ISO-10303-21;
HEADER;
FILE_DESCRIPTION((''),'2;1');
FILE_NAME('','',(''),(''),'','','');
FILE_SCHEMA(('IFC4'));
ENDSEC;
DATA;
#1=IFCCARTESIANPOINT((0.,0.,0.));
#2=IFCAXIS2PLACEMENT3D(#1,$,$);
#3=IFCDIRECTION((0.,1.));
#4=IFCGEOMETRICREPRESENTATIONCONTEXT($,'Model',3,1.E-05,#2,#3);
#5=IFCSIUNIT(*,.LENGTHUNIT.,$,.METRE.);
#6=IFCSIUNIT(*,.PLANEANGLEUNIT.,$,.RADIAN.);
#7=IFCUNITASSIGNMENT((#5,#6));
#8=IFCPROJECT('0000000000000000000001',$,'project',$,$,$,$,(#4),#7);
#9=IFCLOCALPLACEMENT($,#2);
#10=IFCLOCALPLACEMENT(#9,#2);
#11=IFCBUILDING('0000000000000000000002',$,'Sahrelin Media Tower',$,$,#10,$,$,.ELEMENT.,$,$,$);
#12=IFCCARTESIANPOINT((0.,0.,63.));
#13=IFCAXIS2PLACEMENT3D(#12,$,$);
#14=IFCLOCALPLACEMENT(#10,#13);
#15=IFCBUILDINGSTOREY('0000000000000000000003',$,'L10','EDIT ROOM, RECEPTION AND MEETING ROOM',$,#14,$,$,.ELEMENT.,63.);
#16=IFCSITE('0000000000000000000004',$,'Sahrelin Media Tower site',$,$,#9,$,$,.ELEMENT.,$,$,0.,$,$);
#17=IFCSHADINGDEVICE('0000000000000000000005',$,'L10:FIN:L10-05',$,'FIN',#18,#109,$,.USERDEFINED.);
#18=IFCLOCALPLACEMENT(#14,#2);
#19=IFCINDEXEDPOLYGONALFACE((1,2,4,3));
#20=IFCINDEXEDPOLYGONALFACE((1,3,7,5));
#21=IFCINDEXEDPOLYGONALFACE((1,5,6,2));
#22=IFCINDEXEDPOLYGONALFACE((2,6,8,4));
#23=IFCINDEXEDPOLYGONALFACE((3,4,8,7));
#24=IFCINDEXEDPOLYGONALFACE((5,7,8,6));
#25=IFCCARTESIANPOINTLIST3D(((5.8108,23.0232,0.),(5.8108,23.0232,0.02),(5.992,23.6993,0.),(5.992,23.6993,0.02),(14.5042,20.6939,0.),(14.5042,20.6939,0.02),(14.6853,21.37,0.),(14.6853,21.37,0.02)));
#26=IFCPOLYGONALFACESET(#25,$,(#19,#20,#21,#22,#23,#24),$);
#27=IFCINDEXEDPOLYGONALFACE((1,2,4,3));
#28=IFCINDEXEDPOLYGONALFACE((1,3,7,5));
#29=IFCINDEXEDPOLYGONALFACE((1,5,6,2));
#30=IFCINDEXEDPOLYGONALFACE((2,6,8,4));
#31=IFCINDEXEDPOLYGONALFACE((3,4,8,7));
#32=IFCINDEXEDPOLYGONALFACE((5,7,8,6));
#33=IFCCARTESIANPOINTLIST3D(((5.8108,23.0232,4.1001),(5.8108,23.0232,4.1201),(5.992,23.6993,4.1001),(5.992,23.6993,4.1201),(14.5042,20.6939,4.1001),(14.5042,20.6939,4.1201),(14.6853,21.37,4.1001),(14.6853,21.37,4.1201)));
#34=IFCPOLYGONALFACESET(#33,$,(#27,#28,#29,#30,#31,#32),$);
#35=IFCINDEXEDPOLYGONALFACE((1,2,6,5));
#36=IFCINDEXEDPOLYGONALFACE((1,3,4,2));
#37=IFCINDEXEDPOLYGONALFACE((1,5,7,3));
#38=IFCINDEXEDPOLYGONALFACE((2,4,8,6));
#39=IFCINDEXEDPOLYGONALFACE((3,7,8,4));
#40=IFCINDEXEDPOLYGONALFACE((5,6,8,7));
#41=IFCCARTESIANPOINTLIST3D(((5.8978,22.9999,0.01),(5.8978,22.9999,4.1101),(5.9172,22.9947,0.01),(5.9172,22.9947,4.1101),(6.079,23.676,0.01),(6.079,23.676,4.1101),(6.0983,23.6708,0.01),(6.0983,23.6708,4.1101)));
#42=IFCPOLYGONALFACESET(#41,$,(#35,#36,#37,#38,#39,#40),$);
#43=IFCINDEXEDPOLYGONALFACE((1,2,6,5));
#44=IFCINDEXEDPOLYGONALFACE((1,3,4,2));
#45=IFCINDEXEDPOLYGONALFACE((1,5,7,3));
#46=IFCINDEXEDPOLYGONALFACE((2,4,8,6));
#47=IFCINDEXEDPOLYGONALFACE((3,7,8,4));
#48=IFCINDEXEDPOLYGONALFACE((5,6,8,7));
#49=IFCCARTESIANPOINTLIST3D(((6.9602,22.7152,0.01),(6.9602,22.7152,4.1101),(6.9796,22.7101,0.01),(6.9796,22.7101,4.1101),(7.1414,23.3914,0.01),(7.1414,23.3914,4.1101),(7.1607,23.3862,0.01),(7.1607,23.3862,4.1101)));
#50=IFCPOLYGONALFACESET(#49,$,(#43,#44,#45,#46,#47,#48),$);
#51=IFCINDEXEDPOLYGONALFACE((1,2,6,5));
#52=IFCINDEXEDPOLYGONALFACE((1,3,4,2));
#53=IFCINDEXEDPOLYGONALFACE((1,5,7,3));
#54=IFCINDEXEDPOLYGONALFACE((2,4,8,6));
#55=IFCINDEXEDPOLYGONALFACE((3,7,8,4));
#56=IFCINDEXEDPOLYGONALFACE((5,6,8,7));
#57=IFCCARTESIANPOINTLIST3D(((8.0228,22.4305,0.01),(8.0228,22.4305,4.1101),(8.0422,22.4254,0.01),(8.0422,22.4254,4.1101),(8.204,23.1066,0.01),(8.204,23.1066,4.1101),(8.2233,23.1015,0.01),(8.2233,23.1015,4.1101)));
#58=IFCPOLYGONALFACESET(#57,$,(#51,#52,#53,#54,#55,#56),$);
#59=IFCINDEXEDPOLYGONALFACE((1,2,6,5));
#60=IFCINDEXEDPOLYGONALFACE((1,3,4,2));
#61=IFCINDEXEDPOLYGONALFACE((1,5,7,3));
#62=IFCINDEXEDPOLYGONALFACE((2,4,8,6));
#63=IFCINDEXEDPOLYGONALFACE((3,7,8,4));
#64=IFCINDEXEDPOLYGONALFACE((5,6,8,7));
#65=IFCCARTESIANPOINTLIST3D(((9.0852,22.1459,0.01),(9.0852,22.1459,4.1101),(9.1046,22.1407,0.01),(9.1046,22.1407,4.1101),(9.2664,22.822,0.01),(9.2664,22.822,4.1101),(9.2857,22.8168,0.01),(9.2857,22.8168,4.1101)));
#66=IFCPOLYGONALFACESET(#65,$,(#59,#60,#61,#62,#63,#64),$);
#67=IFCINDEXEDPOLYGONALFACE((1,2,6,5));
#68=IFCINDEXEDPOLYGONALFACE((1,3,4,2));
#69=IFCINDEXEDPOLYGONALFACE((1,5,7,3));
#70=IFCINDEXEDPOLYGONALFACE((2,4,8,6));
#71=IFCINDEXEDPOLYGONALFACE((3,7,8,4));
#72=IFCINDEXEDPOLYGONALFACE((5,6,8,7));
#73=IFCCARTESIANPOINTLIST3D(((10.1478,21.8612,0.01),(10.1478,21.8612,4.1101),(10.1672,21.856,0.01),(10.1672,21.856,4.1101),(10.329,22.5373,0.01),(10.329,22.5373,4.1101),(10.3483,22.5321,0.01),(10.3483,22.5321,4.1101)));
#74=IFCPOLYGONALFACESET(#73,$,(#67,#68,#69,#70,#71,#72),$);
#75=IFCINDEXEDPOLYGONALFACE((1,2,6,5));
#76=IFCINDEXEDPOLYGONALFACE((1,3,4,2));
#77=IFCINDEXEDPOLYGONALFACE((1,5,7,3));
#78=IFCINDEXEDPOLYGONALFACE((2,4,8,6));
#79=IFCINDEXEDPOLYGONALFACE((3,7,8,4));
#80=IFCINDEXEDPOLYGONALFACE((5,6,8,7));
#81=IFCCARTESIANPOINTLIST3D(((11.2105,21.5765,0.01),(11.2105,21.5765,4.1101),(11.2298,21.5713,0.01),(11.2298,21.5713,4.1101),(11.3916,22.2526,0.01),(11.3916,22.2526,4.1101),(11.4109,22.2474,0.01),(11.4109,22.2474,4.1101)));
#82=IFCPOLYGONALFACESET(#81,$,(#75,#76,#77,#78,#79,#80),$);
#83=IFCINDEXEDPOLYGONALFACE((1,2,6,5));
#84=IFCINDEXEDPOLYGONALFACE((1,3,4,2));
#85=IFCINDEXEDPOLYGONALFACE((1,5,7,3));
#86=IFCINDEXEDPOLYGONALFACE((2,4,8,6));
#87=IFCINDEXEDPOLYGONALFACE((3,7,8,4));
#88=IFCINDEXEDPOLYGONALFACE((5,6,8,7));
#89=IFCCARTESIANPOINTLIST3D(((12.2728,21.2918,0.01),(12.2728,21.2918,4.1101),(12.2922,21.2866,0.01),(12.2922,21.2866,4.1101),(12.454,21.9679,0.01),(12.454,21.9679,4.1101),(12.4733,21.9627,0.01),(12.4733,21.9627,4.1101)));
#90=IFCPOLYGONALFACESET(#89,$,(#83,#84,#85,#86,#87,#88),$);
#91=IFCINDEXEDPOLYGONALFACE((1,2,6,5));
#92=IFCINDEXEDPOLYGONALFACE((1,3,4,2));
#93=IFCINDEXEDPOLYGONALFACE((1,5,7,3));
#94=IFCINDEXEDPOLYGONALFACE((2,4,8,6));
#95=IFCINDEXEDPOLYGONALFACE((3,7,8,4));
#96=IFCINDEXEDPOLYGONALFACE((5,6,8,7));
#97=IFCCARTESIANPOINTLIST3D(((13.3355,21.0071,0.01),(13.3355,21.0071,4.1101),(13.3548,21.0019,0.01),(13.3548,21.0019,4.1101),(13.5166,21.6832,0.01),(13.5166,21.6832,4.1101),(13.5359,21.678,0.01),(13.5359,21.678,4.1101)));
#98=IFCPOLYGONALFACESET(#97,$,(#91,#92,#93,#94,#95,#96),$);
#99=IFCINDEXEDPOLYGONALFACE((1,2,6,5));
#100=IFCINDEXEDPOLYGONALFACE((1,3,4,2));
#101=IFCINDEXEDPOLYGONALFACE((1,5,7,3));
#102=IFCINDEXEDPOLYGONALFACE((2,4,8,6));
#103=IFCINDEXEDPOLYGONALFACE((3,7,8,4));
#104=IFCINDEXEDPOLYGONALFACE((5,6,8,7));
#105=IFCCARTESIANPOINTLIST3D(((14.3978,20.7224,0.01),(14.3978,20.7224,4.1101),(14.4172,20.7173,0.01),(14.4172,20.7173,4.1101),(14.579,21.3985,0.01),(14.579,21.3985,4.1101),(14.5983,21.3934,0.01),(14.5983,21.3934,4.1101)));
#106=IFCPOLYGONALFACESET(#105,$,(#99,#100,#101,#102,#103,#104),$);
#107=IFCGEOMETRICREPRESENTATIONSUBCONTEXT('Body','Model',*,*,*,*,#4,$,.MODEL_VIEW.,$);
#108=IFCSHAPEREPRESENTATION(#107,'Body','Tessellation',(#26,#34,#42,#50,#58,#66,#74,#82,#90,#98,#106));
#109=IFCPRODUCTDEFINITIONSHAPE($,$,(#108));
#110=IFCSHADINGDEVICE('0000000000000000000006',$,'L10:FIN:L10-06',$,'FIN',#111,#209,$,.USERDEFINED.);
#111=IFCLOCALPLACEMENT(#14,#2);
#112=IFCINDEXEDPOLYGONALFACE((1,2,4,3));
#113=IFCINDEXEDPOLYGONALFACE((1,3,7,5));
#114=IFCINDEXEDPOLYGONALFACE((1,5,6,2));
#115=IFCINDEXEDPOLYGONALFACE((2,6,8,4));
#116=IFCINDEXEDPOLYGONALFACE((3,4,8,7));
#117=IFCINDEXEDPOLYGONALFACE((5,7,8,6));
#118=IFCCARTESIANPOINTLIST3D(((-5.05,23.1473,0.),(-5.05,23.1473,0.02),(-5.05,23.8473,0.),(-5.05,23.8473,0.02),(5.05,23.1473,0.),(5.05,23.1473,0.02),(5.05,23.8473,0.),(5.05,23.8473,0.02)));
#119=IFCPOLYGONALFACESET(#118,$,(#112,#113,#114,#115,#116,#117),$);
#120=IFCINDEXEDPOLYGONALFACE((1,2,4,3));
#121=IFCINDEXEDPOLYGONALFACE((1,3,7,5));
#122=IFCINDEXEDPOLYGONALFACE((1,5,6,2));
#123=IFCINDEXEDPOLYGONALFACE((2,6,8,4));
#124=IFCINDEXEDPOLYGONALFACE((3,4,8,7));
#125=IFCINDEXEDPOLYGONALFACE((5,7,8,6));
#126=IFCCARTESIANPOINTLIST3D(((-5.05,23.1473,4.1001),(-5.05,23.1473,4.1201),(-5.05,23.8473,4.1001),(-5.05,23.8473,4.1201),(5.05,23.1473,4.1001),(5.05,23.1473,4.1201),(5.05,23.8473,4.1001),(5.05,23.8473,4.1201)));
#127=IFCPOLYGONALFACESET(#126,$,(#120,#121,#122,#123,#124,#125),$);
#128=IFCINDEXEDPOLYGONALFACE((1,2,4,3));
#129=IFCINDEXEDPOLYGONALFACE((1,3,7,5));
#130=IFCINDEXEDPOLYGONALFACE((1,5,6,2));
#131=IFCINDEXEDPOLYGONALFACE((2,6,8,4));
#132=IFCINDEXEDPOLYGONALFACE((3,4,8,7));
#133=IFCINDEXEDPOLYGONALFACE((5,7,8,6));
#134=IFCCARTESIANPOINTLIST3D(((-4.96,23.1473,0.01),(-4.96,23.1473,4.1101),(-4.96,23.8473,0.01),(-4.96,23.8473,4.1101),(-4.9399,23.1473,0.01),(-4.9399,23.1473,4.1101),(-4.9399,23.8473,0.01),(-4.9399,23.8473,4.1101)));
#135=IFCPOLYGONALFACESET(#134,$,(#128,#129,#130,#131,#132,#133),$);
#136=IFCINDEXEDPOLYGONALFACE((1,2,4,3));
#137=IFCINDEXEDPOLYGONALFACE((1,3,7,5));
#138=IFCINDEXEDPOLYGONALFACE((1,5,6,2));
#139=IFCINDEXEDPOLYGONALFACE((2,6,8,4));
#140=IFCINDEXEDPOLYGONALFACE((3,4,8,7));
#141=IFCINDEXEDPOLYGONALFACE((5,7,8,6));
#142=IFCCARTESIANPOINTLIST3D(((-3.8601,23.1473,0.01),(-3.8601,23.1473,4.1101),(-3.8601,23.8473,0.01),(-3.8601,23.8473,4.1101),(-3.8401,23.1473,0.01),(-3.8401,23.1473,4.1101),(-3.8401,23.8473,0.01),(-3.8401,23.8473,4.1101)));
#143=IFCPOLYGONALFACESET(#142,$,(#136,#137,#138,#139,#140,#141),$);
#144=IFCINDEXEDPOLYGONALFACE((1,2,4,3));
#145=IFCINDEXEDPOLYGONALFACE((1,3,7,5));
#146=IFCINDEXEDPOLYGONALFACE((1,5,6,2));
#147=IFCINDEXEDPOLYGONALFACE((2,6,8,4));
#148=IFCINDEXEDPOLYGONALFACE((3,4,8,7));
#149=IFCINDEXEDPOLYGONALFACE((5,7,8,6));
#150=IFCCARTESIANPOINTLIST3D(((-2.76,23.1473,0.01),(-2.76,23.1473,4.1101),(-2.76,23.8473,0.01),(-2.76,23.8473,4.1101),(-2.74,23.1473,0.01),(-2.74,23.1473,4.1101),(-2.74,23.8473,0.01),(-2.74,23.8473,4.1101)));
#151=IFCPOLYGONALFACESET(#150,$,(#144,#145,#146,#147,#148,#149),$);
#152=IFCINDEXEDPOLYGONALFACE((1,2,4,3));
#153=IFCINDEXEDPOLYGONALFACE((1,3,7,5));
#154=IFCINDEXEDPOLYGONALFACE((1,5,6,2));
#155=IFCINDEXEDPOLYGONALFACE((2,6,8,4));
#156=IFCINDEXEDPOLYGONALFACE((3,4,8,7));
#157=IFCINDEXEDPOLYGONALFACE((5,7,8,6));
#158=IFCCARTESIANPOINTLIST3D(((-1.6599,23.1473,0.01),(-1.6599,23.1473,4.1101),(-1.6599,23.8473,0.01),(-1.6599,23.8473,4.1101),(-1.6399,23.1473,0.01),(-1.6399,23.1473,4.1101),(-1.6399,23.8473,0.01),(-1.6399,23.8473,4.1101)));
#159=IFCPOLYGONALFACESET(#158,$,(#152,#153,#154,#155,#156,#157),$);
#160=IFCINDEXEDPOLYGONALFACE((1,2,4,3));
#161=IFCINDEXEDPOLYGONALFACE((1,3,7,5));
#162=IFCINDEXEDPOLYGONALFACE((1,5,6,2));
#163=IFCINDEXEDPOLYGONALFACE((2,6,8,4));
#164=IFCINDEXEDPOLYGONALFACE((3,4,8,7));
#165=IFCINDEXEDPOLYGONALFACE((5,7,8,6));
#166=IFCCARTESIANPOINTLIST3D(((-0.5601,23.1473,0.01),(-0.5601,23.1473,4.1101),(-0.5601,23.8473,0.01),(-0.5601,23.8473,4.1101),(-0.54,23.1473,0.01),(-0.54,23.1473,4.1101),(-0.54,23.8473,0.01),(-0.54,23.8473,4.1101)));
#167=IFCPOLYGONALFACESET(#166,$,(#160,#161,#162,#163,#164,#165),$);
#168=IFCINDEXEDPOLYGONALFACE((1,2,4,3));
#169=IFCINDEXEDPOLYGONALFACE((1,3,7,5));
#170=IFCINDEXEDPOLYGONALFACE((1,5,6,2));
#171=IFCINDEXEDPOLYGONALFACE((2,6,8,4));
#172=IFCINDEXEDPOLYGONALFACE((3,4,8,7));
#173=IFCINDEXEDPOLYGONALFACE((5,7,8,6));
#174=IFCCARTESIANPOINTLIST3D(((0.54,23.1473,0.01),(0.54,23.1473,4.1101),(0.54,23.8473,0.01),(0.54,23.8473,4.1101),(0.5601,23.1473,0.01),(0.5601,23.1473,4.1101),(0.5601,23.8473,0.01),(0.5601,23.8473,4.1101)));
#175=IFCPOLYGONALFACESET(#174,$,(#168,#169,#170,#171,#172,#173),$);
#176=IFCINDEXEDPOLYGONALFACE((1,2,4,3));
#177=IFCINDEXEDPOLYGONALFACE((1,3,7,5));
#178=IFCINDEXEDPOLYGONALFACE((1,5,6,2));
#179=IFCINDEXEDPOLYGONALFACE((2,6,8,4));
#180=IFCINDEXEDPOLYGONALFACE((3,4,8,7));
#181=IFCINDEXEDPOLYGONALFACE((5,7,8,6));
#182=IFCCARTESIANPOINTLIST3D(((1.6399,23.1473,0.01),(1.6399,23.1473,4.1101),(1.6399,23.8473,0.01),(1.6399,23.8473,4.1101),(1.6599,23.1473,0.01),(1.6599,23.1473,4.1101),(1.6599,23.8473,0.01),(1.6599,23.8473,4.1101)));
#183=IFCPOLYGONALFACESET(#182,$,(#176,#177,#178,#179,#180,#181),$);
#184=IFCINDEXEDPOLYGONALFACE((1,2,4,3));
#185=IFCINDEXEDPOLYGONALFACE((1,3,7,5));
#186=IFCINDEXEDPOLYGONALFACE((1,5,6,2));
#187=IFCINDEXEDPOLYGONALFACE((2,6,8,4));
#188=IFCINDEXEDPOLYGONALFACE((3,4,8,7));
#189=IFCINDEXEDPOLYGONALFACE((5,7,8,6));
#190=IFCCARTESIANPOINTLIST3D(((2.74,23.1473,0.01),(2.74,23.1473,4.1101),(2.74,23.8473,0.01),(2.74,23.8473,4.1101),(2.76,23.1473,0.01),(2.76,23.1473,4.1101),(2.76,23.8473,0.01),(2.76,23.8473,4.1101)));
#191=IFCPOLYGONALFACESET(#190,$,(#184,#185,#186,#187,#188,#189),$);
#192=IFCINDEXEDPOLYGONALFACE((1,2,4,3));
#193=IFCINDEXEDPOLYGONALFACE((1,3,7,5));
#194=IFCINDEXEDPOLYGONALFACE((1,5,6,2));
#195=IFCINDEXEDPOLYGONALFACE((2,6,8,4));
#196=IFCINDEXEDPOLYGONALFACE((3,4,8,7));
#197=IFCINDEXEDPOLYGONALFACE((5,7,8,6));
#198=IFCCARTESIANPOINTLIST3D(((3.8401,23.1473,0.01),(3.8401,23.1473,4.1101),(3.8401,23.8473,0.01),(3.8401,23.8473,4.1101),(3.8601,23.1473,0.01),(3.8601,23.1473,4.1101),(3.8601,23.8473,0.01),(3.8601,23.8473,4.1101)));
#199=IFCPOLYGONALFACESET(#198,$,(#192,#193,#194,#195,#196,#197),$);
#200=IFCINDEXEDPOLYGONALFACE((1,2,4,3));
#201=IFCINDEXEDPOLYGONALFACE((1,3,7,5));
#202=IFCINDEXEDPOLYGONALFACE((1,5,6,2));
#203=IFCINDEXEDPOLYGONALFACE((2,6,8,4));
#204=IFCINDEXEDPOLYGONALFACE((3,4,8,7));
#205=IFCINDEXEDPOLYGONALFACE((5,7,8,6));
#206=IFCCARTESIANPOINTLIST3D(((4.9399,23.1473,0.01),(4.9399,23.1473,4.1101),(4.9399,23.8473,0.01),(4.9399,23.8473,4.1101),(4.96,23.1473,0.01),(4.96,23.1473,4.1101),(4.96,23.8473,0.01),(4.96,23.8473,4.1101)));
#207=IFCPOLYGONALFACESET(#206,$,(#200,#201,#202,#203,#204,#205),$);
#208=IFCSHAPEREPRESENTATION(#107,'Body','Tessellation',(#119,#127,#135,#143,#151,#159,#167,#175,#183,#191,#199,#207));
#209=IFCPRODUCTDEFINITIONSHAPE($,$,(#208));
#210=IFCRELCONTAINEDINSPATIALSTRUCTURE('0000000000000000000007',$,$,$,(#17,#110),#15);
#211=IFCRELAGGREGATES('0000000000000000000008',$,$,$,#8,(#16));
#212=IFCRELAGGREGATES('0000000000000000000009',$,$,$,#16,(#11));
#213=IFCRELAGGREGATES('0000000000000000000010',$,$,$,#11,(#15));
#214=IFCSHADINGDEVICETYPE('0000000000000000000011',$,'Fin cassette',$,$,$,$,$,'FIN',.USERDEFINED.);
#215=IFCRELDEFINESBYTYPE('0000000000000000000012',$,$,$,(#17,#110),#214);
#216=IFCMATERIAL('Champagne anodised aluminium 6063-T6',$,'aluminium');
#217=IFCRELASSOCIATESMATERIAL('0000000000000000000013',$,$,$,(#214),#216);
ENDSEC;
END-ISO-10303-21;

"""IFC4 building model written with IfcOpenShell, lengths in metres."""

from ifc_helpers import new_model, si_unit, direction, frame, origin, origin_2d, place, context, subcontext, project, spatial, rectangle, extrude, material, type_object, element, save


model = new_model("IFC4")

# Units and contexts
model_context = context("Model", 3, precision=1e-05, world=origin(), true_north=direction((0.0, 1.0)))
body_context = subcontext(model_context, "Body", "Model", "MODEL_VIEW")
ifc_project = project(units=[si_unit("LENGTHUNIT", "METRE"), si_unit("PLANEANGLEUNIT", "RADIAN")], contexts=[model_context])

# Site, building, storey
site_placement = place(None, origin())
site = spatial("IfcSite", under=ifc_project, at=site_placement, Name="Sahrelin Media Tower site", CompositionType="ELEMENT", RefElevation=0.0)
building_placement = place(site_placement, origin())
building = spatial("IfcBuilding", under=site, at=building_placement, Name="Sahrelin Media Tower", CompositionType="ELEMENT")
storey_placement = place(building_placement, frame((0.0, 0.0, 63.0)))
storey = spatial("IfcBuildingStorey", under=building, at=storey_placement, Name="L10", Description="EDIT ROOM, RECEPTION AND MEETING ROOM", CompositionType="ELEMENT", Elevation=63.0)

# Shared definitions
ifc_material_1 = material(Name="Champagne anodised aluminium 6063-T6", Category="aluminium")
placement_1 = place(storey_placement, frame((0.0, 23.0774, 0.0), z_axis=(0.0, 0.0, 1.0), x_axis=(1.0, 0.0, 0.0)))

# Shading devices
shading_device_type_1 = type_object("IfcShadingDeviceType", Name="Fin cassette", ElementType="FIN", PredefinedType="USERDEFINED", material=ifc_material_1)
placement_2 = place(storey_placement, frame((10.1394, 21.791, 0.0), z_axis=(0.0, 0.0, 1.0), x_axis=(0.965929, -0.258808, 0.0)))
element("IfcShadingDevice", 1, at=placement_2, inside=storey, type_object=shading_device_type_1, Name="L10:FIN:L10-05", ObjectType="FIN", PredefinedType="USERDEFINED", context=body_context, shape_type="SweptSolid", body=[
    extrude(rectangle(XDim=9.0, YDim=0.7, at=origin_2d()), frame((0.0, 0.4199, 0.0)), (0.0, 0.0, 1.0), 0.02),
    extrude(rectangle(XDim=9.0, YDim=0.7, at=origin_2d()), frame((0.0, 0.4199, 4.1001)), (0.0, 0.0, 1.0), 0.02),
    extrude(rectangle(XDim=0.02, YDim=0.7, at=origin_2d()), frame((-4.3999, 0.4199, 0.01), z_axis=(0.0, 0.0, 1.0), x_axis=(1.0, 0.0, 0.0)), (0.0, 0.0, 1.0), 4.1001),
    extrude(rectangle(XDim=0.02, YDim=0.7, at=origin_2d()), frame((-3.3, 0.4199, 0.01), z_axis=(0.0, 0.0, 1.0), x_axis=(1.0, 0.0, 0.0)), (0.0, 0.0, 1.0), 4.1001),
    extrude(rectangle(XDim=0.02, YDim=0.7, at=origin_2d()), frame((-2.2, 0.4199, 0.01), z_axis=(0.0, 0.0, 1.0), x_axis=(1.0, 0.0, 0.0)), (0.0, 0.0, 1.0), 4.1001),
    extrude(rectangle(XDim=0.02, YDim=0.7, at=origin_2d()), frame((-1.1001, 0.4199, 0.01), z_axis=(0.0, 0.0, 1.0), x_axis=(1.0, 0.0, 0.0)), (0.0, 0.0, 1.0), 4.1001),
    extrude(rectangle(XDim=0.02, YDim=0.7, at=origin_2d()), frame((0.0, 0.4199, 0.01), z_axis=(0.0, 0.0, 1.0), x_axis=(1.0, 0.0, 0.0)), (0.0, 0.0, 1.0), 4.1001),
    extrude(rectangle(XDim=0.02, YDim=0.7, at=origin_2d()), frame((1.1001, 0.4199, 0.01), z_axis=(0.0, 0.0, 1.0), x_axis=(1.0, 0.0, 0.0)), (0.0, 0.0, 1.0), 4.1001),
    extrude(rectangle(XDim=0.02, YDim=0.7, at=origin_2d()), frame((2.2, 0.4199, 0.01), z_axis=(0.0, 0.0, 1.0), x_axis=(1.0, 0.0, 0.0)), (0.0, 0.0, 1.0), 4.1001),
    extrude(rectangle(XDim=0.02, YDim=0.7, at=origin_2d()), frame((3.3, 0.4199, 0.01), z_axis=(0.0, 0.0, 1.0), x_axis=(1.0, 0.0, 0.0)), (0.0, 0.0, 1.0), 4.1001),
    extrude(rectangle(XDim=0.02, YDim=0.7, at=origin_2d()), frame((4.3999, 0.4199, 0.01), z_axis=(0.0, 0.0, 1.0), x_axis=(1.0, 0.0, 0.0)), (0.0, 0.0, 1.0), 4.1001),
])
element("IfcShadingDevice", 2, at=placement_1, inside=storey, type_object=shading_device_type_1, Name="L10:FIN:L10-06", ObjectType="FIN", PredefinedType="USERDEFINED", context=body_context, shape_type="SweptSolid", body=[
    extrude(rectangle(XDim=10.1001, YDim=0.7, at=origin_2d()), frame((0.0, 0.4199, 0.0)), (0.0, 0.0, 1.0), 0.02),
    extrude(rectangle(XDim=10.1001, YDim=0.7, at=origin_2d()), frame((0.0, 0.4199, 4.1001)), (0.0, 0.0, 1.0), 0.02),
    extrude(rectangle(XDim=0.02, YDim=0.7, at=origin_2d()), frame((-4.95, 0.4199, 0.01), z_axis=(0.0, 0.0, 1.0), x_axis=(1.0, 0.0, 0.0)), (0.0, 0.0, 1.0), 4.1001),
    extrude(rectangle(XDim=0.02, YDim=0.7, at=origin_2d()), frame((-3.8501, 0.4199, 0.01), z_axis=(0.0, 0.0, 1.0), x_axis=(1.0, 0.0, 0.0)), (0.0, 0.0, 1.0), 4.1001),
    extrude(rectangle(XDim=0.02, YDim=0.7, at=origin_2d()), frame((-2.75, 0.4199, 0.01), z_axis=(0.0, 0.0, 1.0), x_axis=(1.0, 0.0, 0.0)), (0.0, 0.0, 1.0), 4.1001),
    extrude(rectangle(XDim=0.02, YDim=0.7, at=origin_2d()), frame((-1.6499, 0.4199, 0.01), z_axis=(0.0, 0.0, 1.0), x_axis=(1.0, 0.0, 0.0)), (0.0, 0.0, 1.0), 4.1001),
    extrude(rectangle(XDim=0.02, YDim=0.7, at=origin_2d()), frame((-0.55, 0.4199, 0.01), z_axis=(0.0, 0.0, 1.0), x_axis=(1.0, 0.0, 0.0)), (0.0, 0.0, 1.0), 4.1001),
    extrude(rectangle(XDim=0.02, YDim=0.7, at=origin_2d()), frame((0.55, 0.4199, 0.01), z_axis=(0.0, 0.0, 1.0), x_axis=(1.0, 0.0, 0.0)), (0.0, 0.0, 1.0), 4.1001),
    extrude(rectangle(XDim=0.02, YDim=0.7, at=origin_2d()), frame((1.6499, 0.4199, 0.01), z_axis=(0.0, 0.0, 1.0), x_axis=(1.0, 0.0, 0.0)), (0.0, 0.0, 1.0), 4.1001),
    extrude(rectangle(XDim=0.02, YDim=0.7, at=origin_2d()), frame((2.75, 0.4199, 0.01), z_axis=(0.0, 0.0, 1.0), x_axis=(1.0, 0.0, 0.0)), (0.0, 0.0, 1.0), 4.1001),
    extrude(rectangle(XDim=0.02, YDim=0.7, at=origin_2d()), frame((3.8501, 0.4199, 0.01), z_axis=(0.0, 0.0, 1.0), x_axis=(1.0, 0.0, 0.0)), (0.0, 0.0, 1.0), 4.1001),
    extrude(rectangle(XDim=0.02, YDim=0.7, at=origin_2d()), frame((4.95, 0.4199, 0.01), z_axis=(0.0, 0.0, 1.0), x_axis=(1.0, 0.0, 0.0)), (0.0, 0.0, 1.0), 4.1001),
])

save(model, "model.ifc")
